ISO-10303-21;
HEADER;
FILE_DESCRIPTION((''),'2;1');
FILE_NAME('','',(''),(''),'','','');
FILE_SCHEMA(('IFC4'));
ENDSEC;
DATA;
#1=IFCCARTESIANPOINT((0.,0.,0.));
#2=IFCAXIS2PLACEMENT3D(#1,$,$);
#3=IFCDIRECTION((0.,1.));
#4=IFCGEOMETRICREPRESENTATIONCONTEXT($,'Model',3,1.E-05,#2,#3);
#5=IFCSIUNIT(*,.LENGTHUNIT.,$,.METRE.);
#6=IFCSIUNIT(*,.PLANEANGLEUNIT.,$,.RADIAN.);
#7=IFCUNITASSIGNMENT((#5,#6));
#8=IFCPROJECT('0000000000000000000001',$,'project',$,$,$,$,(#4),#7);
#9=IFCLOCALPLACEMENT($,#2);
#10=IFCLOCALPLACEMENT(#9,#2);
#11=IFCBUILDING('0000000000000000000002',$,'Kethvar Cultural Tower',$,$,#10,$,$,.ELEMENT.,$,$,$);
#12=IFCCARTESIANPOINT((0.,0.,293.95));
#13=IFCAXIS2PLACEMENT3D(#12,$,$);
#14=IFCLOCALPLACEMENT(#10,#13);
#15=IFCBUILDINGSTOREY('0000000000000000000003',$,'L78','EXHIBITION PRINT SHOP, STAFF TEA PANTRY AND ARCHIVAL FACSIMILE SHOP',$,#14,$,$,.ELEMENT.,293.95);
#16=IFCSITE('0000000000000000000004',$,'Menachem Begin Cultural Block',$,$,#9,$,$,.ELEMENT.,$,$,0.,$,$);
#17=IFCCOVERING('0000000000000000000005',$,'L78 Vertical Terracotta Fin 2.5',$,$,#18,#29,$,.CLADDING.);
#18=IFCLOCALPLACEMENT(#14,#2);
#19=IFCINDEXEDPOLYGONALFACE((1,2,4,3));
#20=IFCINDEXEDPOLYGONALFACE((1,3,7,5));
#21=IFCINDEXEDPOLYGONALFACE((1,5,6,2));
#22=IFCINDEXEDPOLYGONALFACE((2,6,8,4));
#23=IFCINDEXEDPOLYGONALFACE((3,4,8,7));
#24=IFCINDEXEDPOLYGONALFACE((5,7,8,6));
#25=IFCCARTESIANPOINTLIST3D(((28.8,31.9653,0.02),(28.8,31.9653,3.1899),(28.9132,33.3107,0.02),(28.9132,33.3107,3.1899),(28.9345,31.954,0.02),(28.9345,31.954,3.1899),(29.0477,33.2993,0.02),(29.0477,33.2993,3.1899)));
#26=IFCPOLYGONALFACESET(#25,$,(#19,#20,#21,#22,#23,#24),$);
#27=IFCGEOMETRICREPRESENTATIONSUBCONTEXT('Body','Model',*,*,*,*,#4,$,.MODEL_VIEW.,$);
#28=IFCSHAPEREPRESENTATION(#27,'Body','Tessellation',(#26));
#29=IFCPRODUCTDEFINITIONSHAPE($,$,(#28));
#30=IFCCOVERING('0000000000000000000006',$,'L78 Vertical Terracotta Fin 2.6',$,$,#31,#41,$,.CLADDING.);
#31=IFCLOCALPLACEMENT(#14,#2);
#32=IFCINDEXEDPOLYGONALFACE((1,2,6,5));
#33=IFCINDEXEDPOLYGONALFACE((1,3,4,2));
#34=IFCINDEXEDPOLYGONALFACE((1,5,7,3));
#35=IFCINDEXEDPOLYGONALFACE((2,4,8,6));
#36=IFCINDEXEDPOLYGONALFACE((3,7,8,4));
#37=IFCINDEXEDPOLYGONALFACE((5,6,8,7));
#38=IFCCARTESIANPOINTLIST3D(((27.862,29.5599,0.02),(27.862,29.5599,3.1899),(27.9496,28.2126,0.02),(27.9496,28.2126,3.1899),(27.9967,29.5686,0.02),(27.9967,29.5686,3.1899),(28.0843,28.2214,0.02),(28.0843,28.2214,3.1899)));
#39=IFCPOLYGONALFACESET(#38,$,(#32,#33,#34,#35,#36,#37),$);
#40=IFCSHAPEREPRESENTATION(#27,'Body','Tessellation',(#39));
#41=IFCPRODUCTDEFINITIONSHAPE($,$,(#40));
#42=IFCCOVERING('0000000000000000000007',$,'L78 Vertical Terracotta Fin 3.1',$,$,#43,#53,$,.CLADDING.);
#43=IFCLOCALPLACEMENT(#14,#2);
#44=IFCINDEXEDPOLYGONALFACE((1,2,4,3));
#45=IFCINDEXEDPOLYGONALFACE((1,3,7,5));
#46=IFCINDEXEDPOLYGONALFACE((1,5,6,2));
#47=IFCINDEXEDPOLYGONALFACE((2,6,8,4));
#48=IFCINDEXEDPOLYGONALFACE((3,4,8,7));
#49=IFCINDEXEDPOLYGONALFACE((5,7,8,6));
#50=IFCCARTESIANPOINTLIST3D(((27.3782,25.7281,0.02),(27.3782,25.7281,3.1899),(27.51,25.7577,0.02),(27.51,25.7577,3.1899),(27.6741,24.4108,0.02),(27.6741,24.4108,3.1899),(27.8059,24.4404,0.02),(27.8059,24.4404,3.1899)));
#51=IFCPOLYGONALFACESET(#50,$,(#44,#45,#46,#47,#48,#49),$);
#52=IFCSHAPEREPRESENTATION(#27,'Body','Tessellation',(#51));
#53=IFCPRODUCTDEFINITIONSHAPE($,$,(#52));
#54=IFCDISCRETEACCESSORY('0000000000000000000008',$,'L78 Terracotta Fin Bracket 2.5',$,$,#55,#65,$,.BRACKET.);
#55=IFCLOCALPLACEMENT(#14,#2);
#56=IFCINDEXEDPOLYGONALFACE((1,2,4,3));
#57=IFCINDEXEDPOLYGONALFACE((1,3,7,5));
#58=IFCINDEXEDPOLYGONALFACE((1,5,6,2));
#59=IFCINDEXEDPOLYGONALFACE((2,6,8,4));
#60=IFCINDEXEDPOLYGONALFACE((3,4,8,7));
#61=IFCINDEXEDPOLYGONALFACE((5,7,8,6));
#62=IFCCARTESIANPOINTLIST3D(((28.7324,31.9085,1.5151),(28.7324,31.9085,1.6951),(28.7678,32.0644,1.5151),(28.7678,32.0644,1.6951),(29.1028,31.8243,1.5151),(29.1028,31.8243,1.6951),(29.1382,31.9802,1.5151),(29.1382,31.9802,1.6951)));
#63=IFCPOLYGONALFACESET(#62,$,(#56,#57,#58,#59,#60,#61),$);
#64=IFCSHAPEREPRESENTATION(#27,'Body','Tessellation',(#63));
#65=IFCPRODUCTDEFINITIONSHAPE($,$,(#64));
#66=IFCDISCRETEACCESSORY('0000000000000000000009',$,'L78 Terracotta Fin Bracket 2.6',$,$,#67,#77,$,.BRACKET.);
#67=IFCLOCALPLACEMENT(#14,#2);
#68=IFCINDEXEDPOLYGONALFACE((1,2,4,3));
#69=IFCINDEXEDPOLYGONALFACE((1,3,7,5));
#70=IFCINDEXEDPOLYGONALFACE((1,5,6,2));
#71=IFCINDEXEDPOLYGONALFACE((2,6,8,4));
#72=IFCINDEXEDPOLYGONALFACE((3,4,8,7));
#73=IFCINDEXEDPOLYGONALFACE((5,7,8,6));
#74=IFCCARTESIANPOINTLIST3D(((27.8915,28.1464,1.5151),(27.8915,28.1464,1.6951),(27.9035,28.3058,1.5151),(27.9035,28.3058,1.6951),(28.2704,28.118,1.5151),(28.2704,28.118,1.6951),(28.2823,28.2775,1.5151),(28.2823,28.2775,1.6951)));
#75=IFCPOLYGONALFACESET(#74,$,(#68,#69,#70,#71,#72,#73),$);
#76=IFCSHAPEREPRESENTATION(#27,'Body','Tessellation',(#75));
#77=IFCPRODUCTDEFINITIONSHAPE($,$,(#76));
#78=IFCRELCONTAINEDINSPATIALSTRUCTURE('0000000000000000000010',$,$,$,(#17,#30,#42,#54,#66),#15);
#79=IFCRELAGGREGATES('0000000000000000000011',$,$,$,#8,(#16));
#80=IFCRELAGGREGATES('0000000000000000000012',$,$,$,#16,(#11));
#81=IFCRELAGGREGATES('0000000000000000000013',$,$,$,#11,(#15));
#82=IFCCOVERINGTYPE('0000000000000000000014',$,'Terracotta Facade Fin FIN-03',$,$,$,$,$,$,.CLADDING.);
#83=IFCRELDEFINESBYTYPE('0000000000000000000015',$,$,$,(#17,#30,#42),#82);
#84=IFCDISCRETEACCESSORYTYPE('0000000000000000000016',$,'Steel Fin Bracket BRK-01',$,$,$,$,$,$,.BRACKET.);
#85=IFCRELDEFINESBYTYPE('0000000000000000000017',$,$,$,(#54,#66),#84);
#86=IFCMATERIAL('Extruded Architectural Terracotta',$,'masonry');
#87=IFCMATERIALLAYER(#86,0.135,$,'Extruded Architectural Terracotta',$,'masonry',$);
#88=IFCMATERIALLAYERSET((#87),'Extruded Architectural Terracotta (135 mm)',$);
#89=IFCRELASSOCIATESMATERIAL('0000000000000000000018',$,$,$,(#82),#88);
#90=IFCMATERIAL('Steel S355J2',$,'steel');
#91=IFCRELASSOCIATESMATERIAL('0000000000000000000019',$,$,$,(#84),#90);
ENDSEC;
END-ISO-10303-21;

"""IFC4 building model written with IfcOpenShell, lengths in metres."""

from ifc_helpers import new_model, si_unit, direction, frame, origin, origin_2d, place, context, subcontext, project, spatial, rectangle, extrude, source, transform, mapped, material, layer, layer_set, type_object, element, save


model = new_model("IFC4")

# Units and contexts
model_context = context("Model", 3, precision=1e-05, world=origin(), true_north=direction((0.0, 1.0)))
body_context = subcontext(model_context, "Body", "Model", "MODEL_VIEW")
ifc_project = project(units=[si_unit("LENGTHUNIT", "METRE"), si_unit("PLANEANGLEUNIT", "RADIAN")], contexts=[model_context])

# Site, building, storey
site_placement = place(None, origin())
site = spatial("IfcSite", under=ifc_project, at=site_placement, Name="Menachem Begin Cultural Block", CompositionType="ELEMENT", RefElevation=0.0)
building_placement = place(site_placement, origin())
building = spatial("IfcBuilding", under=site, at=building_placement, Name="Kethvar Cultural Tower", CompositionType="ELEMENT")
storey_placement = place(building_placement, frame((0.0, 0.0, 293.95)))
storey = spatial("IfcBuildingStorey", under=building, at=storey_placement, Name="L78", Description="EXHIBITION PRINT SHOP, STAFF TEA PANTRY AND ARCHIVAL FACSIMILE SHOP", CompositionType="ELEMENT", Elevation=293.95)

# Shared definitions
ifc_material_1 = material(Name="Steel S355J2", Category="steel")

# Coverings
ifc_material_2 = material(Name="Extruded Architectural Terracotta", Category="masonry")
ifc_layer_1 = layer(ifc_material_2, 0.135, Name="Extruded Architectural Terracotta", Category="masonry")
ifc_layer_set_1 = layer_set([ifc_layer_1], Name="Extruded Architectural Terracotta (135 mm)")
covering_type = type_object("IfcCoveringType", Name="Terracotta Facade Fin FIN-03", PredefinedType="CLADDING", material=ifc_layer_set_1)
shared_shape_1 = source(origin(), body_context, "Body", "SweptSolid", [
    extrude(rectangle(XDim=1.3501, YDim=0.135, at=origin_2d()), origin(), (0.0, 0.0, 1.0), 3.1699),
])
for number, where, z_axis, x_axis, name in (
    (1, (28.9238, 32.6323, 0.02), (0.0, 0.0, 1.0), (0.083852, 0.996478, 0.0), "L78 Vertical Terracotta Fin 2.5"),
    (2, (27.9731, 28.8906, 0.02), (0.0, 0.0, 1.0), (-0.064881, 0.997893, 0.0), "L78 Vertical Terracotta Fin 2.6"),
    (3, (27.592, 25.0842, 0.02), (0.0, 0.0, 1.0), (-0.219165, 0.975688, 0.0), "L78 Vertical Terracotta Fin 3.1"),
):
    element("IfcCovering", number, at=place(storey_placement, frame(where, z_axis=z_axis, x_axis=x_axis)), inside=storey, type_object=covering_type, Name=name, PredefinedType="CLADDING", context=body_context, shape_type="MappedRepresentation", body=[
        mapped(shared_shape_1, transform((0.0, 0.0, 0.0), scale=1.0)),
    ])

# Discrete accessories
discrete_accessory_type = type_object("IfcDiscreteAccessoryType", Name="Steel Fin Bracket BRK-01", PredefinedType="BRACKET", material=ifc_material_1)
shared_shape_2 = source(origin(), body_context, "Body", "SweptSolid", [
    extrude(rectangle(XDim=0.3799, YDim=0.1599, at=origin_2d()), origin(), (0.0, 0.0, 1.0), 0.1799),
])
for number, where, z_axis, x_axis, name in (
    (4, (28.9353, 31.9443, 1.5151), (0.0, 0.0, 1.0), (-0.975111, 0.221719, 0.0), "L78 Terracotta Fin Bracket 2.5"),
    (5, (28.0869, 28.2119, 1.5151), (0.0, 0.0, 1.0), (-0.997211, 0.074631, 0.0), "L78 Terracotta Fin Bracket 2.6"),
):
    element("IfcDiscreteAccessory", number, at=place(storey_placement, frame(where, z_axis=z_axis, x_axis=x_axis)), inside=storey, type_object=discrete_accessory_type, Name=name, PredefinedType="BRACKET", context=body_context, shape_type="MappedRepresentation", body=[
        mapped(shared_shape_2, transform((0.0, 0.0, 0.0), scale=1.0)),
    ])

save(model, "model.ifc")
